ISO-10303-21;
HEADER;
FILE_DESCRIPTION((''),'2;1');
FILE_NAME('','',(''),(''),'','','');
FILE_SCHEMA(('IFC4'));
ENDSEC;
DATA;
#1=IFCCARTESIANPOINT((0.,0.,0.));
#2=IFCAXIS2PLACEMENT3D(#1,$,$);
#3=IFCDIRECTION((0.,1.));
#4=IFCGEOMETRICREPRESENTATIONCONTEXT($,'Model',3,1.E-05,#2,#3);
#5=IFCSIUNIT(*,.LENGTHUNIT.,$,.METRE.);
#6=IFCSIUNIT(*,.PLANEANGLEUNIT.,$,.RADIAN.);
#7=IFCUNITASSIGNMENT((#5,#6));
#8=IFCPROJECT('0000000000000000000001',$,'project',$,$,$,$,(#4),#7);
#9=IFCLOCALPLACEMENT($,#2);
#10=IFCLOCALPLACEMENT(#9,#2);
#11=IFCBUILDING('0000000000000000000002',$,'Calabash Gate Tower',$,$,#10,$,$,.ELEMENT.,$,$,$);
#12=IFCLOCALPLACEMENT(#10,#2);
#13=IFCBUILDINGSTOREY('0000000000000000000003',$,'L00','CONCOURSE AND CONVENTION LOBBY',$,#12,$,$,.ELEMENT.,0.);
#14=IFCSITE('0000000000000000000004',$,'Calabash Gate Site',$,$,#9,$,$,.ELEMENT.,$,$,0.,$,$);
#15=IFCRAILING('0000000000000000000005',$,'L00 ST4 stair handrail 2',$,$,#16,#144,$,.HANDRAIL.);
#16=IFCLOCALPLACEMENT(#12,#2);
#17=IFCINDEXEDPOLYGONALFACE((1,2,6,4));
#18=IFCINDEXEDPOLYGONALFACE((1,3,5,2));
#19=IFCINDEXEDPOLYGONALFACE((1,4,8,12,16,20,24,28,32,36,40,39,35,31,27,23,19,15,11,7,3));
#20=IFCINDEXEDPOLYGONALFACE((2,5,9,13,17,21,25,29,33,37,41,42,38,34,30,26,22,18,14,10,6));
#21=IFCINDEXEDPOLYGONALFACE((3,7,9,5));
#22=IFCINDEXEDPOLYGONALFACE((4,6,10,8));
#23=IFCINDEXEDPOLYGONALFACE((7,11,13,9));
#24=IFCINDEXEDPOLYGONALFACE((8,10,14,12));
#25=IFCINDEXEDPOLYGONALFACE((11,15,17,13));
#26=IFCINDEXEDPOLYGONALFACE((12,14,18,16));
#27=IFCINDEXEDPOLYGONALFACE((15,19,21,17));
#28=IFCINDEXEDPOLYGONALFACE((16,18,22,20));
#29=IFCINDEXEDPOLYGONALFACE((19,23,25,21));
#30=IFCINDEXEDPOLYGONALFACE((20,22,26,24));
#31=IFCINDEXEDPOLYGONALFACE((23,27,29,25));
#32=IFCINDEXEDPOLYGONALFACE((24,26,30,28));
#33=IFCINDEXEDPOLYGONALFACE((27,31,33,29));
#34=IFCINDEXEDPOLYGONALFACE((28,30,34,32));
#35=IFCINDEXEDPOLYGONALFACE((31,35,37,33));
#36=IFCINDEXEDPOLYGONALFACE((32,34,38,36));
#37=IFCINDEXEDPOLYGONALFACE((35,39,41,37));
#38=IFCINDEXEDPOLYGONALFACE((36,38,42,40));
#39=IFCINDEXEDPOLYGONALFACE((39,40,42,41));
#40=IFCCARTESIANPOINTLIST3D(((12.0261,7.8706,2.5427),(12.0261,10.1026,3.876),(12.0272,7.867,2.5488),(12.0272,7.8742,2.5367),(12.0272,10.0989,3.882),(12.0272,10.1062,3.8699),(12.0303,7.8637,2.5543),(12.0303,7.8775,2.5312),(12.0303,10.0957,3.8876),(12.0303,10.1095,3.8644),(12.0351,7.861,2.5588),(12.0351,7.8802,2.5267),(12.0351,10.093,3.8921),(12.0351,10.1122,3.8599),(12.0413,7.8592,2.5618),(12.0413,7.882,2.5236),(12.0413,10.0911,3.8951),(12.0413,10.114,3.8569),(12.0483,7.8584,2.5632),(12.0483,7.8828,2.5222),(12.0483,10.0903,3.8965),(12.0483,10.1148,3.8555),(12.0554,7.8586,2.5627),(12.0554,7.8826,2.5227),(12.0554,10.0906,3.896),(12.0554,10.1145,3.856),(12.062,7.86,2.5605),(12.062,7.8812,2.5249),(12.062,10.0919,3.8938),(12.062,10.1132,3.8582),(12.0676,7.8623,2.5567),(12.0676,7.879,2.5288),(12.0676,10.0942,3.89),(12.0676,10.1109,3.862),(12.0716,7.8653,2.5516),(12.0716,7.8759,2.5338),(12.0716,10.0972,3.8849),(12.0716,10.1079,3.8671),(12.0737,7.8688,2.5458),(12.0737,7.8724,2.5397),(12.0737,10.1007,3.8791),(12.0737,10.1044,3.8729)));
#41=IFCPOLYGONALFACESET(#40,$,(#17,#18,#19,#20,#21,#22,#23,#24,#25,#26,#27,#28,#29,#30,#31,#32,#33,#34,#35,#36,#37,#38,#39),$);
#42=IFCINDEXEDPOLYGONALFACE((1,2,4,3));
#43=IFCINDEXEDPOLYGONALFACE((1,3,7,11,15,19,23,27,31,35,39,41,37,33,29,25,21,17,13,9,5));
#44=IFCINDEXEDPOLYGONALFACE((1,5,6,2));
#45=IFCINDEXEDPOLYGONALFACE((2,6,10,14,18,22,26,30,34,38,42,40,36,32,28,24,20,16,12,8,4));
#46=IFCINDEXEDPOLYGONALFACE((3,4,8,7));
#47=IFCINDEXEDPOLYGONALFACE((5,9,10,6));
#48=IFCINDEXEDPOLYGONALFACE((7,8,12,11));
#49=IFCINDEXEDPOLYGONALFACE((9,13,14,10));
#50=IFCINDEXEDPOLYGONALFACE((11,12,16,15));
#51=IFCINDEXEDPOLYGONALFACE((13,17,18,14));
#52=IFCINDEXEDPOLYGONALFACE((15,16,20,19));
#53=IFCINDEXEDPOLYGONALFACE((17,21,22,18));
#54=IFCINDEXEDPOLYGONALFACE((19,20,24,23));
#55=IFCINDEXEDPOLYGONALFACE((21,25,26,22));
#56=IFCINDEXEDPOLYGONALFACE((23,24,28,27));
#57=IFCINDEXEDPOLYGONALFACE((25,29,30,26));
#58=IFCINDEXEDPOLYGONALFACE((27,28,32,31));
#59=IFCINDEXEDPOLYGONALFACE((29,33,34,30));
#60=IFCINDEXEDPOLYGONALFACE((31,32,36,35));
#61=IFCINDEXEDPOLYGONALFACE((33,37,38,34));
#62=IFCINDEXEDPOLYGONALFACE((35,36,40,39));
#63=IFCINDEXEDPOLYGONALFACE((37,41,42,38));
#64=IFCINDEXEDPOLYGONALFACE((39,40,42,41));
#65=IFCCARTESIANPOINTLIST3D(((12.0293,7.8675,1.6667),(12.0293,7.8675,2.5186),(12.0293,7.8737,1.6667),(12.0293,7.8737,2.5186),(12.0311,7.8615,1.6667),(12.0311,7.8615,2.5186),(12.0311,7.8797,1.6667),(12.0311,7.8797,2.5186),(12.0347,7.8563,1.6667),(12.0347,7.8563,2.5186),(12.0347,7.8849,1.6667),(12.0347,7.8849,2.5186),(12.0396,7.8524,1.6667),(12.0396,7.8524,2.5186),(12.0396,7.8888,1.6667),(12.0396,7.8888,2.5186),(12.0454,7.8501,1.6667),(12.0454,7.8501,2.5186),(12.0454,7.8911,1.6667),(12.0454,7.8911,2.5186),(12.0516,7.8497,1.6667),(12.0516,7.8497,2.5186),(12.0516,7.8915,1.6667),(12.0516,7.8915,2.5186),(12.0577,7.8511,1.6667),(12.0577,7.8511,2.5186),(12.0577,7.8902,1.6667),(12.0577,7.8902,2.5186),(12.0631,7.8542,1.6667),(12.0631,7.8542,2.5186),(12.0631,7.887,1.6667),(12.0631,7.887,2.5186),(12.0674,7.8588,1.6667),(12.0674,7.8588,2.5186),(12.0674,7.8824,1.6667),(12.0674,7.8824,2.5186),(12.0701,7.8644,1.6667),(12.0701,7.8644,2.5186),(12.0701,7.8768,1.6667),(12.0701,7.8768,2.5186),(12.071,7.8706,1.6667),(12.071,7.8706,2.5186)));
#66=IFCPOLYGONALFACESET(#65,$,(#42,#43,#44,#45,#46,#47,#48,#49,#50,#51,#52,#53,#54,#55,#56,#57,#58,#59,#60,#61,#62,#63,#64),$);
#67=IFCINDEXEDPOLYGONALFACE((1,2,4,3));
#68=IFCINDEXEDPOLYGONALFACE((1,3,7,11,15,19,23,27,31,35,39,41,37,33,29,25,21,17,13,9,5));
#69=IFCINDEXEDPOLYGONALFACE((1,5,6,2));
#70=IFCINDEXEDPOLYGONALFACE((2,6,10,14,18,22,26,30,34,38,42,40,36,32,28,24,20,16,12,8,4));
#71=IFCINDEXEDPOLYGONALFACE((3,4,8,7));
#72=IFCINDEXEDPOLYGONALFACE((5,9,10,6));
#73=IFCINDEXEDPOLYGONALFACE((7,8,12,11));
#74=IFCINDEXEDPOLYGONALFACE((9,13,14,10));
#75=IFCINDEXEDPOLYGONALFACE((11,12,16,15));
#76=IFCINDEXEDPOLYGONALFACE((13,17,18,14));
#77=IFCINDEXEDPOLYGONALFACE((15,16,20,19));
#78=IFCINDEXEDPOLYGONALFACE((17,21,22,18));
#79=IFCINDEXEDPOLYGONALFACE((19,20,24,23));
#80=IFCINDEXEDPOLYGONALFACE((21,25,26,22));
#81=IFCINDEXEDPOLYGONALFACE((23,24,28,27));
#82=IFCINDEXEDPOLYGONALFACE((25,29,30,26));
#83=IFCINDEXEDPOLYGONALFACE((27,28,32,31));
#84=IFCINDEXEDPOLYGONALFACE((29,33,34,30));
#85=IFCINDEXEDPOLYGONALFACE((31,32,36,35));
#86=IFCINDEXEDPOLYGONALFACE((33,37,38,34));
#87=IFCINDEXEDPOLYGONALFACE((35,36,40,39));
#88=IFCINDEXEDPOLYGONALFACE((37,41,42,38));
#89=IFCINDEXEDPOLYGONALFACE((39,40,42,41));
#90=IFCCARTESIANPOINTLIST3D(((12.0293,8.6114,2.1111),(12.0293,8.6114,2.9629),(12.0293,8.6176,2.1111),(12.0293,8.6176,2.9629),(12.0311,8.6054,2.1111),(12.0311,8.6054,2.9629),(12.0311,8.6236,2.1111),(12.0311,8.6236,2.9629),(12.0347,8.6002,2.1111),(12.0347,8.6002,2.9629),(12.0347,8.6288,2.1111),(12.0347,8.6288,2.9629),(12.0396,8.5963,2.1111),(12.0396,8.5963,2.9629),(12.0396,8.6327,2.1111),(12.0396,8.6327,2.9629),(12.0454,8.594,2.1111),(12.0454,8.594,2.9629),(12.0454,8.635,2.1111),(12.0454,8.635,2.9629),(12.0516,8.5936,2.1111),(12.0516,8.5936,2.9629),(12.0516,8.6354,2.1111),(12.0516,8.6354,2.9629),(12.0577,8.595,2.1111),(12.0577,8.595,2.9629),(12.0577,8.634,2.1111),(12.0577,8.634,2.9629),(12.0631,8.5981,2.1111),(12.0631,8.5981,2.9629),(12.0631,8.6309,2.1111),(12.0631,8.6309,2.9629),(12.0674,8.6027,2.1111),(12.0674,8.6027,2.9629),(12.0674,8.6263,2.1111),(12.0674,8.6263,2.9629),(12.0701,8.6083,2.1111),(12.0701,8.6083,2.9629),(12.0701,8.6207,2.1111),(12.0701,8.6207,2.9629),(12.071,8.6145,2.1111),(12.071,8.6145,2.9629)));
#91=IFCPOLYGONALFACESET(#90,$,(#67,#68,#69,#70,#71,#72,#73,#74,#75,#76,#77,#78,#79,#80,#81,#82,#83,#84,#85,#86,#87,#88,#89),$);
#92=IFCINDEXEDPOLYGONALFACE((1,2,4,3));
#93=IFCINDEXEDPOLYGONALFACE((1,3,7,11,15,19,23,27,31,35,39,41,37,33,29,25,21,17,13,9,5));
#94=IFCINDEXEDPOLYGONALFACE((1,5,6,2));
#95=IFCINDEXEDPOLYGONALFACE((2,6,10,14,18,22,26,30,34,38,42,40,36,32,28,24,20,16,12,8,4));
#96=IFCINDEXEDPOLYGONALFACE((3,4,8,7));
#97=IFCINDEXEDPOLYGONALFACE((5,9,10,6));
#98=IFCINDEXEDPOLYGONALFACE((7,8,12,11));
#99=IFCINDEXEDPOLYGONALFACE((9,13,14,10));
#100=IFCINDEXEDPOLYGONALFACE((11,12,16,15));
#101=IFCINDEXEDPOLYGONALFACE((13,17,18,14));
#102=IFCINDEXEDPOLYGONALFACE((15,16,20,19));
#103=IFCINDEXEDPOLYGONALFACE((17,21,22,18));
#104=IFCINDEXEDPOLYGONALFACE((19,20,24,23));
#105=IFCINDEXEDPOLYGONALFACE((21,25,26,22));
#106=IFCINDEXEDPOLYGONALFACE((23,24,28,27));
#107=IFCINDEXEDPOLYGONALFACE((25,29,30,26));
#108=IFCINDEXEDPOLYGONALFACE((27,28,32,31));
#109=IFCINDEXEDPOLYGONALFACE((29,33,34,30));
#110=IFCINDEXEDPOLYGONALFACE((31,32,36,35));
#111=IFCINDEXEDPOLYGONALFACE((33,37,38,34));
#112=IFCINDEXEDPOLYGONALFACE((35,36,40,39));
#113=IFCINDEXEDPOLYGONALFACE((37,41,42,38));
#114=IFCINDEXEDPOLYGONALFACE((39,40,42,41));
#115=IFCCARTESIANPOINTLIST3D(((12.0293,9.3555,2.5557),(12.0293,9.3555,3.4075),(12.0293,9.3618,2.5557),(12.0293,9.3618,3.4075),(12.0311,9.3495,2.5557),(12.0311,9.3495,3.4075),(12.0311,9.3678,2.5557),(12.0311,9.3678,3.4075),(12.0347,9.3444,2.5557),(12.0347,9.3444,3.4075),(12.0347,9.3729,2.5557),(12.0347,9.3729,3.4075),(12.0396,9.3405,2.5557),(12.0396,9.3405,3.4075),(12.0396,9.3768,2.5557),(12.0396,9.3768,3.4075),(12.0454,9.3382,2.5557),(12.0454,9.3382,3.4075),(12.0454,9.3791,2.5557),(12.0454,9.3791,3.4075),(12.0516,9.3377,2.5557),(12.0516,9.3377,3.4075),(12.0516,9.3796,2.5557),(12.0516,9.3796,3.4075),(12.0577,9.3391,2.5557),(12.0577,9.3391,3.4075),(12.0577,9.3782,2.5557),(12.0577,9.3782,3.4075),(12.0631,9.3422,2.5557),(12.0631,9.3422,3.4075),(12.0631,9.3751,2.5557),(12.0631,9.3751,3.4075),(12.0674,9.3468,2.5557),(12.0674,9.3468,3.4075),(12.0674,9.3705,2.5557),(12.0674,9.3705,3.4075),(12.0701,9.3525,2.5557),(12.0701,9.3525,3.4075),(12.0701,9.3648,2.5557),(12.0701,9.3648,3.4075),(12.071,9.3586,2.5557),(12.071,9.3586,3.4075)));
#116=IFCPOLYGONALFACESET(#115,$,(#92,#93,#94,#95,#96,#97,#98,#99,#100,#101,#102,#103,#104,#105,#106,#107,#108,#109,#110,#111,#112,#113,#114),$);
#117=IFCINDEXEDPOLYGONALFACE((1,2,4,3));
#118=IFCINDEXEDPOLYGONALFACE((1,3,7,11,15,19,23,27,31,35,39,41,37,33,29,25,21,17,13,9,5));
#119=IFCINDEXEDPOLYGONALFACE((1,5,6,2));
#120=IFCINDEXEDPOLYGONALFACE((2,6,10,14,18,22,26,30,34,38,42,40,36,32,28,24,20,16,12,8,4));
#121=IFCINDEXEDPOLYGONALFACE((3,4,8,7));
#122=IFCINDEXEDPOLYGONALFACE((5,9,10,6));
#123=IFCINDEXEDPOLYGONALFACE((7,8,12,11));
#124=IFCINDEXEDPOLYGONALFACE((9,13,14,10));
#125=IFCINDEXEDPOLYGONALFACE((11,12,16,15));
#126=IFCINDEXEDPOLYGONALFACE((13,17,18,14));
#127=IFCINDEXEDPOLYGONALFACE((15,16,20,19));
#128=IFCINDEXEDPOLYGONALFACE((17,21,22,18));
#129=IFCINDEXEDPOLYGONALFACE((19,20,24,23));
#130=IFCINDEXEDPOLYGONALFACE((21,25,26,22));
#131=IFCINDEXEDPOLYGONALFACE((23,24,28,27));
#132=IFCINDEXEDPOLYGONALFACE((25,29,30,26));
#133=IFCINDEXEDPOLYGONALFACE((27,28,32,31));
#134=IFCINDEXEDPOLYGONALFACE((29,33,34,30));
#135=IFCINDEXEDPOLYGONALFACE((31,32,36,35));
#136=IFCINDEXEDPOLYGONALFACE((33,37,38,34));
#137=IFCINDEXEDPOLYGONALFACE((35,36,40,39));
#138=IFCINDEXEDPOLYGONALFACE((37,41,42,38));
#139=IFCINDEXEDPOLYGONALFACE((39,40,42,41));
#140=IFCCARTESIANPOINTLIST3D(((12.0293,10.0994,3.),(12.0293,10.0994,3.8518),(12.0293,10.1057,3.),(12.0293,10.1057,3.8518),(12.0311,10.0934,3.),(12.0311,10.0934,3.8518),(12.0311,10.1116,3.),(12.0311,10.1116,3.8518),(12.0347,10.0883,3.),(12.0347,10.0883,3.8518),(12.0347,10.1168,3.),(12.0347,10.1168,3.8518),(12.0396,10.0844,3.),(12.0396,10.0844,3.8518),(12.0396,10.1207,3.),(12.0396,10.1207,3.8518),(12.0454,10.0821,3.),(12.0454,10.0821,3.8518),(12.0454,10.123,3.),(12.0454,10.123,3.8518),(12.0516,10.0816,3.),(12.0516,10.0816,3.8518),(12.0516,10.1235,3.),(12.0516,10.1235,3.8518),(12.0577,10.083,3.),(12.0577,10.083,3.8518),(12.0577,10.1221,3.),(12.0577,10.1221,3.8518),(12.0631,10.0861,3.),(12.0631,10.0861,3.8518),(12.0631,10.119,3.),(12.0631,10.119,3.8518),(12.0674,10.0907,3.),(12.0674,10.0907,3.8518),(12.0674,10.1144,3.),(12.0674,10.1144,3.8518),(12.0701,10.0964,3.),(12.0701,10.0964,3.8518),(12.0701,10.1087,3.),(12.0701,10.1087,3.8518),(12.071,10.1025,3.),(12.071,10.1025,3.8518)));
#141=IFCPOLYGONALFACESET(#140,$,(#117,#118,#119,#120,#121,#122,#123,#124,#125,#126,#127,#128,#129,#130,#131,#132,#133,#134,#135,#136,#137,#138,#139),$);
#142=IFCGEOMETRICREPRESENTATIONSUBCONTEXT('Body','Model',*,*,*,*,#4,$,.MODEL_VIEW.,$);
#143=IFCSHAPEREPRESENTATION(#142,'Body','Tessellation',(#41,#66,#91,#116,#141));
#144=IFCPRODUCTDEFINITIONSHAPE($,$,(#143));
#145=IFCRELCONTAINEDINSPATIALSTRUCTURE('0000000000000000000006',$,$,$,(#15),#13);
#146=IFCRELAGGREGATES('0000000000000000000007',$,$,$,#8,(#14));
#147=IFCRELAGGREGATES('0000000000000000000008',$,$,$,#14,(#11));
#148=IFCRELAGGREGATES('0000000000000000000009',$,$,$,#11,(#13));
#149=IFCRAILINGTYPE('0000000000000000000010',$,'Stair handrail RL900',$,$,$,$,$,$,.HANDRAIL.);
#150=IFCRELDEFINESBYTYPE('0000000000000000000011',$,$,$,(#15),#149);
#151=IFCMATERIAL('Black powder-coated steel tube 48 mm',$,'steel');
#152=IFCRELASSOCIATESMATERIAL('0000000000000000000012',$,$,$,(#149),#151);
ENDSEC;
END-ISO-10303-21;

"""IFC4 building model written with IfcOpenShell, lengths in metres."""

from ifc_helpers import new_model, si_unit, direction, frame, origin, origin_2d, place, context, subcontext, project, spatial, circle, extrude, material, type_object, element, save


model = new_model("IFC4")

# Units and contexts
model_context = context("Model", 3, precision=1e-05, world=origin(), true_north=direction((0.0, 1.0)))
body_context = subcontext(model_context, "Body", "Model", "MODEL_VIEW")
ifc_project = project(units=[si_unit("LENGTHUNIT", "METRE"), si_unit("PLANEANGLEUNIT", "RADIAN")], contexts=[model_context])

# Site, building, storey
site_placement = place(None, origin())
site = spatial("IfcSite", under=ifc_project, at=site_placement, Name="Calabash Gate Site", CompositionType="ELEMENT", RefElevation=0.0)
building_placement = place(site_placement, origin())
building = spatial("IfcBuilding", under=site, at=building_placement, Name="Calabash Gate Tower", CompositionType="ELEMENT")
storey_placement = place(building_placement, origin())
storey = spatial("IfcBuildingStorey", under=building, at=storey_placement, Name="L00", Description="CONCOURSE AND CONVENTION LOBBY", CompositionType="ELEMENT", Elevation=0.0)

# Railing
ifc_material_1 = material(Name="Black powder-coated steel tube 48 mm", Category="steel")
railing_type_1 = type_object("IfcRailingType", Name="Stair handrail RL900", PredefinedType="HANDRAIL", material=ifc_material_1)
railing_1_placement = place(storey_placement, frame((12.05, 7.8706, 1.6667)))
element("IfcRailing", 1, at=railing_1_placement, inside=storey, type_object=railing_type_1, Name="L00 ST4 stair handrail 2", PredefinedType="HANDRAIL", context=body_context, shape_type="SweptSolid", body=[
    extrude(circle(Radius=0.0239, at=origin_2d()), frame((0.0, 0.0, 0.876), z_axis=(0.0, 0.858494, 0.512824), x_axis=(-1.0, 0.0, 0.0)), (0.0, 0.0, 1.0), 2.5999),
    extrude(circle(Radius=0.021, at=origin_2d()), origin(), (0.0, 0.0, 1.0), 0.8518),
    extrude(circle(Radius=0.021, at=origin_2d()), frame((0.0, 0.7439, 0.4443)), (0.0, 0.0, 1.0), 0.8518),
    extrude(circle(Radius=0.021, at=origin_2d()), frame((0.0, 1.488, 0.8889)), (0.0, 0.0, 1.0), 0.8518),
    extrude(circle(Radius=0.021, at=origin_2d()), frame((0.0, 2.2319, 1.3333)), (0.0, 0.0, 1.0), 0.8518),
])

save(model, "model.ifc")
